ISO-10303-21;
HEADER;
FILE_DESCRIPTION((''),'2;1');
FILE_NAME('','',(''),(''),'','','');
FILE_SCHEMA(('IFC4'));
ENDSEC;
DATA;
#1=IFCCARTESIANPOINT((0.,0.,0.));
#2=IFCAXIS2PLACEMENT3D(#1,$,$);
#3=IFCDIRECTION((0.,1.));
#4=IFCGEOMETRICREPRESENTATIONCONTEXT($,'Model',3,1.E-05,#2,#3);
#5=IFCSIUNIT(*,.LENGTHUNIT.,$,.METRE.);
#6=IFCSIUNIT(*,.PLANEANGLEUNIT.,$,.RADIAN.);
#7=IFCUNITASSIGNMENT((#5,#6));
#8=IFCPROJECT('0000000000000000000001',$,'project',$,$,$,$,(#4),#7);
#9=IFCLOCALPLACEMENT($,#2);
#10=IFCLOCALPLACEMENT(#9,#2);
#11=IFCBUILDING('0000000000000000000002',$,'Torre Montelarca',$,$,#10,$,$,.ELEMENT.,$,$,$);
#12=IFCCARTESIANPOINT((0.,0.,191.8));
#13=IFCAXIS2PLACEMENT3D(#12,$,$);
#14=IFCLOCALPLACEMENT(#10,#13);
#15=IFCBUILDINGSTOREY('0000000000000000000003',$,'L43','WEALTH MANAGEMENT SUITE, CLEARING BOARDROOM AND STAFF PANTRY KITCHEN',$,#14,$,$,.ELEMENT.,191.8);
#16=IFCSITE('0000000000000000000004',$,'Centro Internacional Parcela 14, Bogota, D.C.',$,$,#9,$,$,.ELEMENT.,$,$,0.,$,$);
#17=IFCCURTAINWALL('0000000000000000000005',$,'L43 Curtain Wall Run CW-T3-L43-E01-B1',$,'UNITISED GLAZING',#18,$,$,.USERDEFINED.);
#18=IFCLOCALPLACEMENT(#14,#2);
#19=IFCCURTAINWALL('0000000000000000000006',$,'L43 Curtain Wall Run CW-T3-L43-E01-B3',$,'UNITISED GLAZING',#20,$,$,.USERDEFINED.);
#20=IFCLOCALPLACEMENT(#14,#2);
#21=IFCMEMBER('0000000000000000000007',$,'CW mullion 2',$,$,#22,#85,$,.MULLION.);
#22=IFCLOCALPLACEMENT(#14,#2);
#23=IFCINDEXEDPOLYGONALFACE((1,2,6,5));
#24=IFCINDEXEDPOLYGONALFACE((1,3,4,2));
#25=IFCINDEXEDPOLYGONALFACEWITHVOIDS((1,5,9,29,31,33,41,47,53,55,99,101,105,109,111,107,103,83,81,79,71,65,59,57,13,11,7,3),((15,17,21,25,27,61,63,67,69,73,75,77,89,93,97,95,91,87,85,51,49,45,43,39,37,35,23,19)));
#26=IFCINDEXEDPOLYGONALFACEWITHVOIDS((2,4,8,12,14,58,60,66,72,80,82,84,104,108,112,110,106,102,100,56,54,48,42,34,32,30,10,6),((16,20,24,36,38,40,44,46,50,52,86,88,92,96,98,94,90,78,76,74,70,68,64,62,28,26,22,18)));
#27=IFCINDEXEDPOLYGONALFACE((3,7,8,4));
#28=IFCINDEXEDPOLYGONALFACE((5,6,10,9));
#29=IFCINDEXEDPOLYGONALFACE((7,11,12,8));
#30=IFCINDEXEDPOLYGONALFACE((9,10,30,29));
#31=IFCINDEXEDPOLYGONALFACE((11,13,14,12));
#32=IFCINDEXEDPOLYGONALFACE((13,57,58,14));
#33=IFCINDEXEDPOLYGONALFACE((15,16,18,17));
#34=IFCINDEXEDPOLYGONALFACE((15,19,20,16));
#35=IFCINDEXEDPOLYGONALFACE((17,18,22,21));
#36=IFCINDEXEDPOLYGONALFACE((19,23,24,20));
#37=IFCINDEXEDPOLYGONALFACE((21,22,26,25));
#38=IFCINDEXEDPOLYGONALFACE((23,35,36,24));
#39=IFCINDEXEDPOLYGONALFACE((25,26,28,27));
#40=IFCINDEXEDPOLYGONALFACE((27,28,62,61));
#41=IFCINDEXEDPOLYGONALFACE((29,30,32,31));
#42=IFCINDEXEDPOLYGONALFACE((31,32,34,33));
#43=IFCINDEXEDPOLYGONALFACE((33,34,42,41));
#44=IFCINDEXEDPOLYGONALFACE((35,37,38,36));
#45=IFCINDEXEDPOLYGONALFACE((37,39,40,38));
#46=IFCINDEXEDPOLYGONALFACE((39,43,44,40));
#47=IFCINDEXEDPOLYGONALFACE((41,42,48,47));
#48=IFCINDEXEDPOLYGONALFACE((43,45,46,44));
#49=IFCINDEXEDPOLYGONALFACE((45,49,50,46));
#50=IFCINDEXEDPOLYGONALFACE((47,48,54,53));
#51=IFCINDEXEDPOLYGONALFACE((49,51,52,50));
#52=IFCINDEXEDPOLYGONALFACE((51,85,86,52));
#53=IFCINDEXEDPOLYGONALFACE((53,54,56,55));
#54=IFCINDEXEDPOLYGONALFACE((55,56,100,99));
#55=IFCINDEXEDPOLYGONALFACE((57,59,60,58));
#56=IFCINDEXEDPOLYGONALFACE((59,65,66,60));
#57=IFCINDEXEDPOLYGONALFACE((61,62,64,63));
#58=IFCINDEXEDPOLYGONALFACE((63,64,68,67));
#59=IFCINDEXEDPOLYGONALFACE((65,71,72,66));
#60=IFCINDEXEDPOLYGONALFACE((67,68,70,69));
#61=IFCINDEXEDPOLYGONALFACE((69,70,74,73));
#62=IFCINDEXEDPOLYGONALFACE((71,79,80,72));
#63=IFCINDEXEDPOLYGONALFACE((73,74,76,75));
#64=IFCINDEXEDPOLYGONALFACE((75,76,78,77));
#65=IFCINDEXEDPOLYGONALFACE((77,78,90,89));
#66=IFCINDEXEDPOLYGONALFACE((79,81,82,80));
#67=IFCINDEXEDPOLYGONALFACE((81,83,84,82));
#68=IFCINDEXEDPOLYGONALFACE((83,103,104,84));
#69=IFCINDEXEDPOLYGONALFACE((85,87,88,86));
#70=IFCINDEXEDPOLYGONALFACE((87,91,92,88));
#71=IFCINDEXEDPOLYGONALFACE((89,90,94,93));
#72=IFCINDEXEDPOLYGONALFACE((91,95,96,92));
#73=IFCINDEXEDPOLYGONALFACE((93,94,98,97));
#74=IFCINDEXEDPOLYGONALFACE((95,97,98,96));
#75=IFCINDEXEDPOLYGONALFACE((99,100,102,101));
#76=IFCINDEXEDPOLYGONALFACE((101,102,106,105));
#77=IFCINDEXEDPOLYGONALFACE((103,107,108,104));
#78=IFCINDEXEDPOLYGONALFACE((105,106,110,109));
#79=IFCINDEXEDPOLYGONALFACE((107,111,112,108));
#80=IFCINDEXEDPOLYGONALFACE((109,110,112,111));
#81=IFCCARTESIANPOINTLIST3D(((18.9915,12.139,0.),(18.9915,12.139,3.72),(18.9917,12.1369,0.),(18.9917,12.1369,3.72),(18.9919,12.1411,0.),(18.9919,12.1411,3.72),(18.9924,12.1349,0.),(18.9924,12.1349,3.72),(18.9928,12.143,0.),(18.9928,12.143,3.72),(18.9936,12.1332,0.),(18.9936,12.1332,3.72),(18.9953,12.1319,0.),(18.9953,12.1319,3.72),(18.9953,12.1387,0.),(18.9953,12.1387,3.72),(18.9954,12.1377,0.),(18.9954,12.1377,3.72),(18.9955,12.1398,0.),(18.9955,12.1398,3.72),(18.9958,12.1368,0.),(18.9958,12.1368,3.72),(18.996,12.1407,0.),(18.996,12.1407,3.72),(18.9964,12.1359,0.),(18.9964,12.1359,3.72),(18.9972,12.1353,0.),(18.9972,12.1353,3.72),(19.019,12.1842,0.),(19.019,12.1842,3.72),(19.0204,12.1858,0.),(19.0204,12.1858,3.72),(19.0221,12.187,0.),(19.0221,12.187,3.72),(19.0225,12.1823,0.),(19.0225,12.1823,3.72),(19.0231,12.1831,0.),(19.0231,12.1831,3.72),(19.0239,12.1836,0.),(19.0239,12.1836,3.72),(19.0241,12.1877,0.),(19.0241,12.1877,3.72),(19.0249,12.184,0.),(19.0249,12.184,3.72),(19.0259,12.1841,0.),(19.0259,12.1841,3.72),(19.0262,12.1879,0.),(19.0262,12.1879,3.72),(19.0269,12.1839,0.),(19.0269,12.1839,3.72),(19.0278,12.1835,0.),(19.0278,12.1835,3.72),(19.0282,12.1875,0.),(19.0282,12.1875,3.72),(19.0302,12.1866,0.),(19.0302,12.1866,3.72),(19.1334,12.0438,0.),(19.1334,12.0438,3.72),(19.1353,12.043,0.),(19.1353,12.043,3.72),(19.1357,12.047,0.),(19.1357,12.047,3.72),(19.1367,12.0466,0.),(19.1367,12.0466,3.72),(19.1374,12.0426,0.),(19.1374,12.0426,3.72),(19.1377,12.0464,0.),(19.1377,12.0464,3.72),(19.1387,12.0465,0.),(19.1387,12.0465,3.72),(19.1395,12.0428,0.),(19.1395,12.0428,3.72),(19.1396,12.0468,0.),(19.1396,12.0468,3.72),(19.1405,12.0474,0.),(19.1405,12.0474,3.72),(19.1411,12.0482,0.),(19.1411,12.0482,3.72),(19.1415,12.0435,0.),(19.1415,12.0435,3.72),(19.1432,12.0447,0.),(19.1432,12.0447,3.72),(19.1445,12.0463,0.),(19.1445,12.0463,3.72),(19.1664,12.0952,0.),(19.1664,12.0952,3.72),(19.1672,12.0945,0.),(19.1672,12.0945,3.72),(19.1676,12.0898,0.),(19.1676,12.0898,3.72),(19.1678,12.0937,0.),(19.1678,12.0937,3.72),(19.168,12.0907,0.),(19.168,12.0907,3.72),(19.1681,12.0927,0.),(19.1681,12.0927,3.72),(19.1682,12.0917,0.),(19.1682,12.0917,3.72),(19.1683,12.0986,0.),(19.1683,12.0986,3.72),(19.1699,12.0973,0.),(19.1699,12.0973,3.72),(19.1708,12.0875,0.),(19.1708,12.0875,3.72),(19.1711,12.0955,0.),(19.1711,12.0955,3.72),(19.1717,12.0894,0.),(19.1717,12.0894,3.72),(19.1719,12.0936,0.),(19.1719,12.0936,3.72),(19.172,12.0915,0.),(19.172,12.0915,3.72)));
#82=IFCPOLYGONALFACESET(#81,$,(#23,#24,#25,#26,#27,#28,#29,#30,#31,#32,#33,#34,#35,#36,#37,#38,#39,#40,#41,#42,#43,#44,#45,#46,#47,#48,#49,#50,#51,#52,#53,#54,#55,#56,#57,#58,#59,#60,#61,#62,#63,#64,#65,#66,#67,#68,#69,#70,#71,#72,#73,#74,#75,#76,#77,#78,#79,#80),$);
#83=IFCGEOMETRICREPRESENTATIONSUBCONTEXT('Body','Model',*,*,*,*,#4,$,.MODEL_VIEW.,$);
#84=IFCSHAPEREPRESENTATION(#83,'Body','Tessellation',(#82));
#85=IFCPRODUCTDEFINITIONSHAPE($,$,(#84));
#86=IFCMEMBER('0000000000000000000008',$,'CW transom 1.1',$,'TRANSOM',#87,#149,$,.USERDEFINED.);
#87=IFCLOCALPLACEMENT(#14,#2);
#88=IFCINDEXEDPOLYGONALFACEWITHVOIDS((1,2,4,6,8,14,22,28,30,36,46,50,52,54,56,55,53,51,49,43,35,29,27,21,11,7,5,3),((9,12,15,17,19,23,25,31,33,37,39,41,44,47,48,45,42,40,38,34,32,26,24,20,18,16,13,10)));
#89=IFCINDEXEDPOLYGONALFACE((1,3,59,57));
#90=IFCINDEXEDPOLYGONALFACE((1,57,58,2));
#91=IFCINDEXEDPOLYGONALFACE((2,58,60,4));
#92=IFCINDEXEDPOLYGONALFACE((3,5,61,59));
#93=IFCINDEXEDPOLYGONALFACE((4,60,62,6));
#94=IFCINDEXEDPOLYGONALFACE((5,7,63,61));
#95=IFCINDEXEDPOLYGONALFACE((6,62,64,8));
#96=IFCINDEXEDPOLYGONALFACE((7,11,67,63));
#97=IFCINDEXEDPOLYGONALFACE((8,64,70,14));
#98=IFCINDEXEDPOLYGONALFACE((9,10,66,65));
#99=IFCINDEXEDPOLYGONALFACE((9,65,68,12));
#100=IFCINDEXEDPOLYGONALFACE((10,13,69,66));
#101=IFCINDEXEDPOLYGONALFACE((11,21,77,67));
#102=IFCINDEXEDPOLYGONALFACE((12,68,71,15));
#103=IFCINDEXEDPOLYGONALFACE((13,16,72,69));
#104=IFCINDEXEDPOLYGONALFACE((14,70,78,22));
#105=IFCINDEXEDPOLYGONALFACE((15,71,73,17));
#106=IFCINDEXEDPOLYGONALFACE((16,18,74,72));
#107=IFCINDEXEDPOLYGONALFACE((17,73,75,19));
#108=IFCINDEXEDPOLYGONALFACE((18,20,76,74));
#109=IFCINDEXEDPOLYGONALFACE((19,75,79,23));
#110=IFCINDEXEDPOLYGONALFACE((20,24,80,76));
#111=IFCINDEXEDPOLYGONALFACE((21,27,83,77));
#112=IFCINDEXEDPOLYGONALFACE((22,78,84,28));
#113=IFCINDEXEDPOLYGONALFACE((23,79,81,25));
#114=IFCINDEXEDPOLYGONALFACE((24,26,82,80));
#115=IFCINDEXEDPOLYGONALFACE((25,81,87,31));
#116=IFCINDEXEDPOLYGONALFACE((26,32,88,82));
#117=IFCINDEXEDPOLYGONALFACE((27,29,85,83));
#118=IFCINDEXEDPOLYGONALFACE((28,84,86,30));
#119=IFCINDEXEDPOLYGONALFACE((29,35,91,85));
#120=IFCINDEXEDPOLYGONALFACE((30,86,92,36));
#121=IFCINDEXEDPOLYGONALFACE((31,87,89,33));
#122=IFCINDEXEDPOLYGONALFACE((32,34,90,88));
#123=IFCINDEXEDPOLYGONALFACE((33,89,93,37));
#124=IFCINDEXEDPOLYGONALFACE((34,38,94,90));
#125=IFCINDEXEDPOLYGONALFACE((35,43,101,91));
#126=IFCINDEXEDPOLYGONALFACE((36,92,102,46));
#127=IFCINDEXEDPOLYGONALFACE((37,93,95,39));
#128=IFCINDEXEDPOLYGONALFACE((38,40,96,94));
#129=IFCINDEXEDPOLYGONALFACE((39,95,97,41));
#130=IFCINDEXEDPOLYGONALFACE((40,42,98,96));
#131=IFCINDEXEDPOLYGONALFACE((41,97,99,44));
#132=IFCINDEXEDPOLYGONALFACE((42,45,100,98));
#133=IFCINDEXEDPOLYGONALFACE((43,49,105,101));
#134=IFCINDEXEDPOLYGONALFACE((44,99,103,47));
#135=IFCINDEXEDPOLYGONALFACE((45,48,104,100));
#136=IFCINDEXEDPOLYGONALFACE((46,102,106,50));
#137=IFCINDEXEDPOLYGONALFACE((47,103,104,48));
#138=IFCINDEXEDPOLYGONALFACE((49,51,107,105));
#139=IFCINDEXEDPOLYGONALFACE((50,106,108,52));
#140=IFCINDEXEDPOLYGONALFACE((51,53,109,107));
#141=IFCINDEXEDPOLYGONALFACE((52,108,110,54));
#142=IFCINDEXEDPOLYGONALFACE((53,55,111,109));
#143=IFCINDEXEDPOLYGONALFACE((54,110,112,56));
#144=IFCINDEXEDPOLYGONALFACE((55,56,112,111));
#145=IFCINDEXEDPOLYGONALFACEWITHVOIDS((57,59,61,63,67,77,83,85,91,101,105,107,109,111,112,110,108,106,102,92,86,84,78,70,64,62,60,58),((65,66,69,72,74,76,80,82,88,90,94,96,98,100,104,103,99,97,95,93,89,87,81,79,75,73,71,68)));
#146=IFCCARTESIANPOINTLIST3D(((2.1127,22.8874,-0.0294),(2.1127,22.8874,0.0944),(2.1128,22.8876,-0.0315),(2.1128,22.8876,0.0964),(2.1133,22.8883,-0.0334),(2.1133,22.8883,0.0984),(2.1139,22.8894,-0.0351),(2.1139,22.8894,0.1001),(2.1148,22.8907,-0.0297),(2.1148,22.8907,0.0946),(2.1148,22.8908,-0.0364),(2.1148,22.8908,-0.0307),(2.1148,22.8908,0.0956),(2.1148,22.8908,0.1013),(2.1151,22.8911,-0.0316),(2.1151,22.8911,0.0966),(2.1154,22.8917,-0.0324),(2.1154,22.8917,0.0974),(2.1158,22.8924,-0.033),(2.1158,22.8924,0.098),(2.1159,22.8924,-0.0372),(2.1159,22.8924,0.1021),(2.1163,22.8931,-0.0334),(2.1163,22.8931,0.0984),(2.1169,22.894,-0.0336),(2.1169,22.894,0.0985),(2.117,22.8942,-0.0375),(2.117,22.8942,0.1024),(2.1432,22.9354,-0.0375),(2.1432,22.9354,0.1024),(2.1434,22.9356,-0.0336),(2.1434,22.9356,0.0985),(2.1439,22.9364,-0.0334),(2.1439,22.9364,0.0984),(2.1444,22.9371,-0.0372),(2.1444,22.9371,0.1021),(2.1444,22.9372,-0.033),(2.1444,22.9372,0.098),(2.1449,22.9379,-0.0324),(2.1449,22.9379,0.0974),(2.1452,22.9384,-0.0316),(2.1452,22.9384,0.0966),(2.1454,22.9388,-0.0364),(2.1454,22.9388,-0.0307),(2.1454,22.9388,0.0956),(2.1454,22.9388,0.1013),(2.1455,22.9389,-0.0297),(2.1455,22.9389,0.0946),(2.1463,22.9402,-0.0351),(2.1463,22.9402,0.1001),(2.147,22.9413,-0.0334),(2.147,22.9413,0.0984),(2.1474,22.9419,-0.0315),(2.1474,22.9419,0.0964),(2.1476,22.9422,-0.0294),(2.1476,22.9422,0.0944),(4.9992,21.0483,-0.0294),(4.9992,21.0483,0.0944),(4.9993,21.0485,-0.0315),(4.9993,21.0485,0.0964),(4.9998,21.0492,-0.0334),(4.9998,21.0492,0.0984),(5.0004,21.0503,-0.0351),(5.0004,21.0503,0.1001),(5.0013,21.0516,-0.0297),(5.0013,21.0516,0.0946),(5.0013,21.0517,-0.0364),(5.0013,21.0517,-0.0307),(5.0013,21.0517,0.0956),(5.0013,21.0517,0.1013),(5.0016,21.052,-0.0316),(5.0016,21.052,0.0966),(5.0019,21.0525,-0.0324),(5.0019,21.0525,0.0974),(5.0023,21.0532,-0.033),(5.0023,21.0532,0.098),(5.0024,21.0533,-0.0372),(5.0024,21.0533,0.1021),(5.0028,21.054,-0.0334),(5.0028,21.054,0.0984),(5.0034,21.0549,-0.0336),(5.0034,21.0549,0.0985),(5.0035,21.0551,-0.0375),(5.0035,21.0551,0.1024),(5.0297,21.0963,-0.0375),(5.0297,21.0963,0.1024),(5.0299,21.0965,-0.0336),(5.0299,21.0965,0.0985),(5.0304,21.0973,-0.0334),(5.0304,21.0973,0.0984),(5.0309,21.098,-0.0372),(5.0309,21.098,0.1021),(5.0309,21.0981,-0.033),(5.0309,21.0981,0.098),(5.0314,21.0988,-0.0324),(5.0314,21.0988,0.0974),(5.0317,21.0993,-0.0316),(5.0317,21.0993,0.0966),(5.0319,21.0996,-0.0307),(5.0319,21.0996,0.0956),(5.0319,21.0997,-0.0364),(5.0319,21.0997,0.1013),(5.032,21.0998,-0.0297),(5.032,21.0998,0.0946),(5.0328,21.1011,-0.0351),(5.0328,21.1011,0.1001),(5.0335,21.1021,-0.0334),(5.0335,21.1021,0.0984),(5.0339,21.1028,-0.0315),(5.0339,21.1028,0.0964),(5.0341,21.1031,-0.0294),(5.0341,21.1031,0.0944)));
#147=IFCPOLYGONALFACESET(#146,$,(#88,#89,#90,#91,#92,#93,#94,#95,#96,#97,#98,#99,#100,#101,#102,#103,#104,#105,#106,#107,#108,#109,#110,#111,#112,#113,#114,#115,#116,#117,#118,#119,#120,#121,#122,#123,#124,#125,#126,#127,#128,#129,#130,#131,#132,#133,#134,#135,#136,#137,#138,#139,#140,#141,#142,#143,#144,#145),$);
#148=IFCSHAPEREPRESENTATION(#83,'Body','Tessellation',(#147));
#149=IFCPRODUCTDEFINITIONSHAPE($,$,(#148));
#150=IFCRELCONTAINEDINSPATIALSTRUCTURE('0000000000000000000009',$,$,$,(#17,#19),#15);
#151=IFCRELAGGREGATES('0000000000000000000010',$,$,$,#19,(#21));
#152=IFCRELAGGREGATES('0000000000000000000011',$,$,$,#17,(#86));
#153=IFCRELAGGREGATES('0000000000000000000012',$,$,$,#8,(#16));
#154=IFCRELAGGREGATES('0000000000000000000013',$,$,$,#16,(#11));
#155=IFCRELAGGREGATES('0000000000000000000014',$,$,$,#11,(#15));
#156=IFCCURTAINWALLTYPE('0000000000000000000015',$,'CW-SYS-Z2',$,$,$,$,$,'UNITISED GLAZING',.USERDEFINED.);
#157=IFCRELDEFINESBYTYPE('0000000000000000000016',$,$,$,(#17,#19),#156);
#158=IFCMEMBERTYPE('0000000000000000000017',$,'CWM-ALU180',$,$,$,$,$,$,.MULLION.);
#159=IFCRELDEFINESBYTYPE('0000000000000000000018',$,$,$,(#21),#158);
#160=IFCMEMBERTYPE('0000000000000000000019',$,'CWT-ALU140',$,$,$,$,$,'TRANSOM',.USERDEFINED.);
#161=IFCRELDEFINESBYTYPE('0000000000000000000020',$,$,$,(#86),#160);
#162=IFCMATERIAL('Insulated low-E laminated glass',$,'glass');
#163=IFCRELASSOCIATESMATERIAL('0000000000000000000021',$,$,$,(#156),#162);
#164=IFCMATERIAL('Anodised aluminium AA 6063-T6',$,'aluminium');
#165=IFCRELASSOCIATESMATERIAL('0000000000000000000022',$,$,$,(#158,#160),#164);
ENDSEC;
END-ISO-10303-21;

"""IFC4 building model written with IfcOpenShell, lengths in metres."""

from ifc_helpers import new_model, si_unit, direction, frame, origin, origin_2d, place, context, subcontext, project, spatial, hollow_rectangle, extrude, source, transform, mapped, material, material_profile, profile_set, type_object, element, aggregate, save


model = new_model("IFC4")

# Units and contexts
model_context = context("Model", 3, precision=1e-05, world=origin(), true_north=direction((0.0, 1.0)))
body_context = subcontext(model_context, "Body", "Model", "MODEL_VIEW")
ifc_project = project(units=[si_unit("LENGTHUNIT", "METRE"), si_unit("PLANEANGLEUNIT", "RADIAN")], contexts=[model_context])

# Site, building, storey
site_placement = place(None, origin())
site = spatial("IfcSite", under=ifc_project, at=site_placement, Name="Centro Internacional Parcela 14, Bogota, D.C.", CompositionType="ELEMENT", RefElevation=0.0)
building_placement = place(site_placement, origin())
building = spatial("IfcBuilding", under=site, at=building_placement, Name="Torre Montelarca", CompositionType="ELEMENT")
storey_placement = place(building_placement, frame((0.0, 0.0, 191.8)))
storey = spatial("IfcBuildingStorey", under=building, at=storey_placement, Name="L43", Description="WEALTH MANAGEMENT SUITE, CLEARING BOARDROOM AND STAFF PANTRY KITCHEN", CompositionType="ELEMENT", Elevation=191.8)

# Curtain walls, member
ifc_material_1 = material(Name="Insulated low-E laminated glass", Category="glass")
curtain_wall_type = type_object("IfcCurtainWallType", Name="CW-SYS-Z2", ElementType="UNITISED GLAZING", PredefinedType="USERDEFINED", material=ifc_material_1)
curtain_wall_1_placement = place(storey_placement, origin())
curtain_wall_1 = element("IfcCurtainWall", 1, at=curtain_wall_1_placement, inside=storey, type_object=curtain_wall_type, Name="L43 Curtain Wall Run CW-T3-L43-E01-B1", ObjectType="UNITISED GLAZING", PredefinedType="USERDEFINED")
ifc_material_2 = material(Name="Anodised aluminium AA 6063-T6", Category="aluminium")
ifc_material_profile_1 = material_profile(ifc_material_2, hollow_rectangle(XDim=0.0649, YDim=0.1799, WallThickness=0.0039, InnerFilletRadius=0.0039, OuterFilletRadius=0.0081, at=origin_2d()), Name="ALU65X180X4", Category="aluminium")
ifc_profile_set_1 = profile_set([ifc_material_profile_1], Name="Anodised aluminium AA 6063-T6")
member_type_1 = type_object("IfcMemberType", Name="CWM-ALU180", PredefinedType="MULLION", material=ifc_profile_set_1)
shared_shape_1 = source(origin(), body_context, "Body", "SweptSolid", [
    extrude(hollow_rectangle(XDim=0.0649, YDim=0.1799, WallThickness=0.0039, InnerFilletRadius=0.0039, OuterFilletRadius=0.0081, at=origin_2d()), origin(), (0.0, 0.0, 1.0), 3.72),
])
curtain_wall_2_placement = place(storey_placement, origin())
curtain_wall_2 = element("IfcCurtainWall", 2, at=curtain_wall_2_placement, inside=storey, type_object=curtain_wall_type, Name="L43 Curtain Wall Run CW-T3-L43-E01-B3", ObjectType="UNITISED GLAZING", PredefinedType="USERDEFINED")
member_1_placement = place(storey_placement, frame((19.0818, 12.1152, 0.0), z_axis=(0.0, 0.0, 1.0), x_axis=(0.537303, 0.843389, 0.0)))
member_1 = element("IfcMember", 3, at=member_1_placement, type_object=member_type_1, Name="CW mullion 2", PredefinedType="MULLION", context=body_context, shape_type="MappedRepresentation", body=[
    mapped(shared_shape_1, transform((0.0, 0.0, 0.0), scale=1.0)),
])

# Member
ifc_material_profile_2 = material_profile(ifc_material_2, hollow_rectangle(XDim=0.0649, YDim=0.1399, WallThickness=0.0039, InnerFilletRadius=0.0039, OuterFilletRadius=0.0081, at=origin_2d()), Name="ALU65X140X4", Category="aluminium")
ifc_profile_set_2 = profile_set([ifc_material_profile_2], Name="Anodised aluminium AA 6063-T6")
member_type_2 = type_object("IfcMemberType", Name="CWT-ALU140", ElementType="TRANSOM", PredefinedType="USERDEFINED", material=ifc_profile_set_2)
shared_shape_2 = source(origin(), body_context, "Body", "SweptSolid", [
    extrude(hollow_rectangle(XDim=0.0649, YDim=0.1399, WallThickness=0.0039, InnerFilletRadius=0.0039, OuterFilletRadius=0.0081, at=origin_2d()), origin(), (0.0, 0.0, 1.0), 3.4226),
])
member_2_placement = place(storey_placement, frame((2.1301, 22.9148, 0.0325), z_axis=(0.843362, -0.537346, 0.0), x_axis=(0.537346, 0.843362, 0.0)))
member_2 = element("IfcMember", 4, at=member_2_placement, type_object=member_type_2, Name="CW transom 1.1", ObjectType="TRANSOM", PredefinedType="USERDEFINED", context=body_context, shape_type="MappedRepresentation", body=[
    mapped(shared_shape_2, transform((0.0, 0.0, 0.0), scale=1.0)),
])

aggregate(curtain_wall_2, [member_1])
aggregate(curtain_wall_1, [member_2])

save(model, "model.ifc")
